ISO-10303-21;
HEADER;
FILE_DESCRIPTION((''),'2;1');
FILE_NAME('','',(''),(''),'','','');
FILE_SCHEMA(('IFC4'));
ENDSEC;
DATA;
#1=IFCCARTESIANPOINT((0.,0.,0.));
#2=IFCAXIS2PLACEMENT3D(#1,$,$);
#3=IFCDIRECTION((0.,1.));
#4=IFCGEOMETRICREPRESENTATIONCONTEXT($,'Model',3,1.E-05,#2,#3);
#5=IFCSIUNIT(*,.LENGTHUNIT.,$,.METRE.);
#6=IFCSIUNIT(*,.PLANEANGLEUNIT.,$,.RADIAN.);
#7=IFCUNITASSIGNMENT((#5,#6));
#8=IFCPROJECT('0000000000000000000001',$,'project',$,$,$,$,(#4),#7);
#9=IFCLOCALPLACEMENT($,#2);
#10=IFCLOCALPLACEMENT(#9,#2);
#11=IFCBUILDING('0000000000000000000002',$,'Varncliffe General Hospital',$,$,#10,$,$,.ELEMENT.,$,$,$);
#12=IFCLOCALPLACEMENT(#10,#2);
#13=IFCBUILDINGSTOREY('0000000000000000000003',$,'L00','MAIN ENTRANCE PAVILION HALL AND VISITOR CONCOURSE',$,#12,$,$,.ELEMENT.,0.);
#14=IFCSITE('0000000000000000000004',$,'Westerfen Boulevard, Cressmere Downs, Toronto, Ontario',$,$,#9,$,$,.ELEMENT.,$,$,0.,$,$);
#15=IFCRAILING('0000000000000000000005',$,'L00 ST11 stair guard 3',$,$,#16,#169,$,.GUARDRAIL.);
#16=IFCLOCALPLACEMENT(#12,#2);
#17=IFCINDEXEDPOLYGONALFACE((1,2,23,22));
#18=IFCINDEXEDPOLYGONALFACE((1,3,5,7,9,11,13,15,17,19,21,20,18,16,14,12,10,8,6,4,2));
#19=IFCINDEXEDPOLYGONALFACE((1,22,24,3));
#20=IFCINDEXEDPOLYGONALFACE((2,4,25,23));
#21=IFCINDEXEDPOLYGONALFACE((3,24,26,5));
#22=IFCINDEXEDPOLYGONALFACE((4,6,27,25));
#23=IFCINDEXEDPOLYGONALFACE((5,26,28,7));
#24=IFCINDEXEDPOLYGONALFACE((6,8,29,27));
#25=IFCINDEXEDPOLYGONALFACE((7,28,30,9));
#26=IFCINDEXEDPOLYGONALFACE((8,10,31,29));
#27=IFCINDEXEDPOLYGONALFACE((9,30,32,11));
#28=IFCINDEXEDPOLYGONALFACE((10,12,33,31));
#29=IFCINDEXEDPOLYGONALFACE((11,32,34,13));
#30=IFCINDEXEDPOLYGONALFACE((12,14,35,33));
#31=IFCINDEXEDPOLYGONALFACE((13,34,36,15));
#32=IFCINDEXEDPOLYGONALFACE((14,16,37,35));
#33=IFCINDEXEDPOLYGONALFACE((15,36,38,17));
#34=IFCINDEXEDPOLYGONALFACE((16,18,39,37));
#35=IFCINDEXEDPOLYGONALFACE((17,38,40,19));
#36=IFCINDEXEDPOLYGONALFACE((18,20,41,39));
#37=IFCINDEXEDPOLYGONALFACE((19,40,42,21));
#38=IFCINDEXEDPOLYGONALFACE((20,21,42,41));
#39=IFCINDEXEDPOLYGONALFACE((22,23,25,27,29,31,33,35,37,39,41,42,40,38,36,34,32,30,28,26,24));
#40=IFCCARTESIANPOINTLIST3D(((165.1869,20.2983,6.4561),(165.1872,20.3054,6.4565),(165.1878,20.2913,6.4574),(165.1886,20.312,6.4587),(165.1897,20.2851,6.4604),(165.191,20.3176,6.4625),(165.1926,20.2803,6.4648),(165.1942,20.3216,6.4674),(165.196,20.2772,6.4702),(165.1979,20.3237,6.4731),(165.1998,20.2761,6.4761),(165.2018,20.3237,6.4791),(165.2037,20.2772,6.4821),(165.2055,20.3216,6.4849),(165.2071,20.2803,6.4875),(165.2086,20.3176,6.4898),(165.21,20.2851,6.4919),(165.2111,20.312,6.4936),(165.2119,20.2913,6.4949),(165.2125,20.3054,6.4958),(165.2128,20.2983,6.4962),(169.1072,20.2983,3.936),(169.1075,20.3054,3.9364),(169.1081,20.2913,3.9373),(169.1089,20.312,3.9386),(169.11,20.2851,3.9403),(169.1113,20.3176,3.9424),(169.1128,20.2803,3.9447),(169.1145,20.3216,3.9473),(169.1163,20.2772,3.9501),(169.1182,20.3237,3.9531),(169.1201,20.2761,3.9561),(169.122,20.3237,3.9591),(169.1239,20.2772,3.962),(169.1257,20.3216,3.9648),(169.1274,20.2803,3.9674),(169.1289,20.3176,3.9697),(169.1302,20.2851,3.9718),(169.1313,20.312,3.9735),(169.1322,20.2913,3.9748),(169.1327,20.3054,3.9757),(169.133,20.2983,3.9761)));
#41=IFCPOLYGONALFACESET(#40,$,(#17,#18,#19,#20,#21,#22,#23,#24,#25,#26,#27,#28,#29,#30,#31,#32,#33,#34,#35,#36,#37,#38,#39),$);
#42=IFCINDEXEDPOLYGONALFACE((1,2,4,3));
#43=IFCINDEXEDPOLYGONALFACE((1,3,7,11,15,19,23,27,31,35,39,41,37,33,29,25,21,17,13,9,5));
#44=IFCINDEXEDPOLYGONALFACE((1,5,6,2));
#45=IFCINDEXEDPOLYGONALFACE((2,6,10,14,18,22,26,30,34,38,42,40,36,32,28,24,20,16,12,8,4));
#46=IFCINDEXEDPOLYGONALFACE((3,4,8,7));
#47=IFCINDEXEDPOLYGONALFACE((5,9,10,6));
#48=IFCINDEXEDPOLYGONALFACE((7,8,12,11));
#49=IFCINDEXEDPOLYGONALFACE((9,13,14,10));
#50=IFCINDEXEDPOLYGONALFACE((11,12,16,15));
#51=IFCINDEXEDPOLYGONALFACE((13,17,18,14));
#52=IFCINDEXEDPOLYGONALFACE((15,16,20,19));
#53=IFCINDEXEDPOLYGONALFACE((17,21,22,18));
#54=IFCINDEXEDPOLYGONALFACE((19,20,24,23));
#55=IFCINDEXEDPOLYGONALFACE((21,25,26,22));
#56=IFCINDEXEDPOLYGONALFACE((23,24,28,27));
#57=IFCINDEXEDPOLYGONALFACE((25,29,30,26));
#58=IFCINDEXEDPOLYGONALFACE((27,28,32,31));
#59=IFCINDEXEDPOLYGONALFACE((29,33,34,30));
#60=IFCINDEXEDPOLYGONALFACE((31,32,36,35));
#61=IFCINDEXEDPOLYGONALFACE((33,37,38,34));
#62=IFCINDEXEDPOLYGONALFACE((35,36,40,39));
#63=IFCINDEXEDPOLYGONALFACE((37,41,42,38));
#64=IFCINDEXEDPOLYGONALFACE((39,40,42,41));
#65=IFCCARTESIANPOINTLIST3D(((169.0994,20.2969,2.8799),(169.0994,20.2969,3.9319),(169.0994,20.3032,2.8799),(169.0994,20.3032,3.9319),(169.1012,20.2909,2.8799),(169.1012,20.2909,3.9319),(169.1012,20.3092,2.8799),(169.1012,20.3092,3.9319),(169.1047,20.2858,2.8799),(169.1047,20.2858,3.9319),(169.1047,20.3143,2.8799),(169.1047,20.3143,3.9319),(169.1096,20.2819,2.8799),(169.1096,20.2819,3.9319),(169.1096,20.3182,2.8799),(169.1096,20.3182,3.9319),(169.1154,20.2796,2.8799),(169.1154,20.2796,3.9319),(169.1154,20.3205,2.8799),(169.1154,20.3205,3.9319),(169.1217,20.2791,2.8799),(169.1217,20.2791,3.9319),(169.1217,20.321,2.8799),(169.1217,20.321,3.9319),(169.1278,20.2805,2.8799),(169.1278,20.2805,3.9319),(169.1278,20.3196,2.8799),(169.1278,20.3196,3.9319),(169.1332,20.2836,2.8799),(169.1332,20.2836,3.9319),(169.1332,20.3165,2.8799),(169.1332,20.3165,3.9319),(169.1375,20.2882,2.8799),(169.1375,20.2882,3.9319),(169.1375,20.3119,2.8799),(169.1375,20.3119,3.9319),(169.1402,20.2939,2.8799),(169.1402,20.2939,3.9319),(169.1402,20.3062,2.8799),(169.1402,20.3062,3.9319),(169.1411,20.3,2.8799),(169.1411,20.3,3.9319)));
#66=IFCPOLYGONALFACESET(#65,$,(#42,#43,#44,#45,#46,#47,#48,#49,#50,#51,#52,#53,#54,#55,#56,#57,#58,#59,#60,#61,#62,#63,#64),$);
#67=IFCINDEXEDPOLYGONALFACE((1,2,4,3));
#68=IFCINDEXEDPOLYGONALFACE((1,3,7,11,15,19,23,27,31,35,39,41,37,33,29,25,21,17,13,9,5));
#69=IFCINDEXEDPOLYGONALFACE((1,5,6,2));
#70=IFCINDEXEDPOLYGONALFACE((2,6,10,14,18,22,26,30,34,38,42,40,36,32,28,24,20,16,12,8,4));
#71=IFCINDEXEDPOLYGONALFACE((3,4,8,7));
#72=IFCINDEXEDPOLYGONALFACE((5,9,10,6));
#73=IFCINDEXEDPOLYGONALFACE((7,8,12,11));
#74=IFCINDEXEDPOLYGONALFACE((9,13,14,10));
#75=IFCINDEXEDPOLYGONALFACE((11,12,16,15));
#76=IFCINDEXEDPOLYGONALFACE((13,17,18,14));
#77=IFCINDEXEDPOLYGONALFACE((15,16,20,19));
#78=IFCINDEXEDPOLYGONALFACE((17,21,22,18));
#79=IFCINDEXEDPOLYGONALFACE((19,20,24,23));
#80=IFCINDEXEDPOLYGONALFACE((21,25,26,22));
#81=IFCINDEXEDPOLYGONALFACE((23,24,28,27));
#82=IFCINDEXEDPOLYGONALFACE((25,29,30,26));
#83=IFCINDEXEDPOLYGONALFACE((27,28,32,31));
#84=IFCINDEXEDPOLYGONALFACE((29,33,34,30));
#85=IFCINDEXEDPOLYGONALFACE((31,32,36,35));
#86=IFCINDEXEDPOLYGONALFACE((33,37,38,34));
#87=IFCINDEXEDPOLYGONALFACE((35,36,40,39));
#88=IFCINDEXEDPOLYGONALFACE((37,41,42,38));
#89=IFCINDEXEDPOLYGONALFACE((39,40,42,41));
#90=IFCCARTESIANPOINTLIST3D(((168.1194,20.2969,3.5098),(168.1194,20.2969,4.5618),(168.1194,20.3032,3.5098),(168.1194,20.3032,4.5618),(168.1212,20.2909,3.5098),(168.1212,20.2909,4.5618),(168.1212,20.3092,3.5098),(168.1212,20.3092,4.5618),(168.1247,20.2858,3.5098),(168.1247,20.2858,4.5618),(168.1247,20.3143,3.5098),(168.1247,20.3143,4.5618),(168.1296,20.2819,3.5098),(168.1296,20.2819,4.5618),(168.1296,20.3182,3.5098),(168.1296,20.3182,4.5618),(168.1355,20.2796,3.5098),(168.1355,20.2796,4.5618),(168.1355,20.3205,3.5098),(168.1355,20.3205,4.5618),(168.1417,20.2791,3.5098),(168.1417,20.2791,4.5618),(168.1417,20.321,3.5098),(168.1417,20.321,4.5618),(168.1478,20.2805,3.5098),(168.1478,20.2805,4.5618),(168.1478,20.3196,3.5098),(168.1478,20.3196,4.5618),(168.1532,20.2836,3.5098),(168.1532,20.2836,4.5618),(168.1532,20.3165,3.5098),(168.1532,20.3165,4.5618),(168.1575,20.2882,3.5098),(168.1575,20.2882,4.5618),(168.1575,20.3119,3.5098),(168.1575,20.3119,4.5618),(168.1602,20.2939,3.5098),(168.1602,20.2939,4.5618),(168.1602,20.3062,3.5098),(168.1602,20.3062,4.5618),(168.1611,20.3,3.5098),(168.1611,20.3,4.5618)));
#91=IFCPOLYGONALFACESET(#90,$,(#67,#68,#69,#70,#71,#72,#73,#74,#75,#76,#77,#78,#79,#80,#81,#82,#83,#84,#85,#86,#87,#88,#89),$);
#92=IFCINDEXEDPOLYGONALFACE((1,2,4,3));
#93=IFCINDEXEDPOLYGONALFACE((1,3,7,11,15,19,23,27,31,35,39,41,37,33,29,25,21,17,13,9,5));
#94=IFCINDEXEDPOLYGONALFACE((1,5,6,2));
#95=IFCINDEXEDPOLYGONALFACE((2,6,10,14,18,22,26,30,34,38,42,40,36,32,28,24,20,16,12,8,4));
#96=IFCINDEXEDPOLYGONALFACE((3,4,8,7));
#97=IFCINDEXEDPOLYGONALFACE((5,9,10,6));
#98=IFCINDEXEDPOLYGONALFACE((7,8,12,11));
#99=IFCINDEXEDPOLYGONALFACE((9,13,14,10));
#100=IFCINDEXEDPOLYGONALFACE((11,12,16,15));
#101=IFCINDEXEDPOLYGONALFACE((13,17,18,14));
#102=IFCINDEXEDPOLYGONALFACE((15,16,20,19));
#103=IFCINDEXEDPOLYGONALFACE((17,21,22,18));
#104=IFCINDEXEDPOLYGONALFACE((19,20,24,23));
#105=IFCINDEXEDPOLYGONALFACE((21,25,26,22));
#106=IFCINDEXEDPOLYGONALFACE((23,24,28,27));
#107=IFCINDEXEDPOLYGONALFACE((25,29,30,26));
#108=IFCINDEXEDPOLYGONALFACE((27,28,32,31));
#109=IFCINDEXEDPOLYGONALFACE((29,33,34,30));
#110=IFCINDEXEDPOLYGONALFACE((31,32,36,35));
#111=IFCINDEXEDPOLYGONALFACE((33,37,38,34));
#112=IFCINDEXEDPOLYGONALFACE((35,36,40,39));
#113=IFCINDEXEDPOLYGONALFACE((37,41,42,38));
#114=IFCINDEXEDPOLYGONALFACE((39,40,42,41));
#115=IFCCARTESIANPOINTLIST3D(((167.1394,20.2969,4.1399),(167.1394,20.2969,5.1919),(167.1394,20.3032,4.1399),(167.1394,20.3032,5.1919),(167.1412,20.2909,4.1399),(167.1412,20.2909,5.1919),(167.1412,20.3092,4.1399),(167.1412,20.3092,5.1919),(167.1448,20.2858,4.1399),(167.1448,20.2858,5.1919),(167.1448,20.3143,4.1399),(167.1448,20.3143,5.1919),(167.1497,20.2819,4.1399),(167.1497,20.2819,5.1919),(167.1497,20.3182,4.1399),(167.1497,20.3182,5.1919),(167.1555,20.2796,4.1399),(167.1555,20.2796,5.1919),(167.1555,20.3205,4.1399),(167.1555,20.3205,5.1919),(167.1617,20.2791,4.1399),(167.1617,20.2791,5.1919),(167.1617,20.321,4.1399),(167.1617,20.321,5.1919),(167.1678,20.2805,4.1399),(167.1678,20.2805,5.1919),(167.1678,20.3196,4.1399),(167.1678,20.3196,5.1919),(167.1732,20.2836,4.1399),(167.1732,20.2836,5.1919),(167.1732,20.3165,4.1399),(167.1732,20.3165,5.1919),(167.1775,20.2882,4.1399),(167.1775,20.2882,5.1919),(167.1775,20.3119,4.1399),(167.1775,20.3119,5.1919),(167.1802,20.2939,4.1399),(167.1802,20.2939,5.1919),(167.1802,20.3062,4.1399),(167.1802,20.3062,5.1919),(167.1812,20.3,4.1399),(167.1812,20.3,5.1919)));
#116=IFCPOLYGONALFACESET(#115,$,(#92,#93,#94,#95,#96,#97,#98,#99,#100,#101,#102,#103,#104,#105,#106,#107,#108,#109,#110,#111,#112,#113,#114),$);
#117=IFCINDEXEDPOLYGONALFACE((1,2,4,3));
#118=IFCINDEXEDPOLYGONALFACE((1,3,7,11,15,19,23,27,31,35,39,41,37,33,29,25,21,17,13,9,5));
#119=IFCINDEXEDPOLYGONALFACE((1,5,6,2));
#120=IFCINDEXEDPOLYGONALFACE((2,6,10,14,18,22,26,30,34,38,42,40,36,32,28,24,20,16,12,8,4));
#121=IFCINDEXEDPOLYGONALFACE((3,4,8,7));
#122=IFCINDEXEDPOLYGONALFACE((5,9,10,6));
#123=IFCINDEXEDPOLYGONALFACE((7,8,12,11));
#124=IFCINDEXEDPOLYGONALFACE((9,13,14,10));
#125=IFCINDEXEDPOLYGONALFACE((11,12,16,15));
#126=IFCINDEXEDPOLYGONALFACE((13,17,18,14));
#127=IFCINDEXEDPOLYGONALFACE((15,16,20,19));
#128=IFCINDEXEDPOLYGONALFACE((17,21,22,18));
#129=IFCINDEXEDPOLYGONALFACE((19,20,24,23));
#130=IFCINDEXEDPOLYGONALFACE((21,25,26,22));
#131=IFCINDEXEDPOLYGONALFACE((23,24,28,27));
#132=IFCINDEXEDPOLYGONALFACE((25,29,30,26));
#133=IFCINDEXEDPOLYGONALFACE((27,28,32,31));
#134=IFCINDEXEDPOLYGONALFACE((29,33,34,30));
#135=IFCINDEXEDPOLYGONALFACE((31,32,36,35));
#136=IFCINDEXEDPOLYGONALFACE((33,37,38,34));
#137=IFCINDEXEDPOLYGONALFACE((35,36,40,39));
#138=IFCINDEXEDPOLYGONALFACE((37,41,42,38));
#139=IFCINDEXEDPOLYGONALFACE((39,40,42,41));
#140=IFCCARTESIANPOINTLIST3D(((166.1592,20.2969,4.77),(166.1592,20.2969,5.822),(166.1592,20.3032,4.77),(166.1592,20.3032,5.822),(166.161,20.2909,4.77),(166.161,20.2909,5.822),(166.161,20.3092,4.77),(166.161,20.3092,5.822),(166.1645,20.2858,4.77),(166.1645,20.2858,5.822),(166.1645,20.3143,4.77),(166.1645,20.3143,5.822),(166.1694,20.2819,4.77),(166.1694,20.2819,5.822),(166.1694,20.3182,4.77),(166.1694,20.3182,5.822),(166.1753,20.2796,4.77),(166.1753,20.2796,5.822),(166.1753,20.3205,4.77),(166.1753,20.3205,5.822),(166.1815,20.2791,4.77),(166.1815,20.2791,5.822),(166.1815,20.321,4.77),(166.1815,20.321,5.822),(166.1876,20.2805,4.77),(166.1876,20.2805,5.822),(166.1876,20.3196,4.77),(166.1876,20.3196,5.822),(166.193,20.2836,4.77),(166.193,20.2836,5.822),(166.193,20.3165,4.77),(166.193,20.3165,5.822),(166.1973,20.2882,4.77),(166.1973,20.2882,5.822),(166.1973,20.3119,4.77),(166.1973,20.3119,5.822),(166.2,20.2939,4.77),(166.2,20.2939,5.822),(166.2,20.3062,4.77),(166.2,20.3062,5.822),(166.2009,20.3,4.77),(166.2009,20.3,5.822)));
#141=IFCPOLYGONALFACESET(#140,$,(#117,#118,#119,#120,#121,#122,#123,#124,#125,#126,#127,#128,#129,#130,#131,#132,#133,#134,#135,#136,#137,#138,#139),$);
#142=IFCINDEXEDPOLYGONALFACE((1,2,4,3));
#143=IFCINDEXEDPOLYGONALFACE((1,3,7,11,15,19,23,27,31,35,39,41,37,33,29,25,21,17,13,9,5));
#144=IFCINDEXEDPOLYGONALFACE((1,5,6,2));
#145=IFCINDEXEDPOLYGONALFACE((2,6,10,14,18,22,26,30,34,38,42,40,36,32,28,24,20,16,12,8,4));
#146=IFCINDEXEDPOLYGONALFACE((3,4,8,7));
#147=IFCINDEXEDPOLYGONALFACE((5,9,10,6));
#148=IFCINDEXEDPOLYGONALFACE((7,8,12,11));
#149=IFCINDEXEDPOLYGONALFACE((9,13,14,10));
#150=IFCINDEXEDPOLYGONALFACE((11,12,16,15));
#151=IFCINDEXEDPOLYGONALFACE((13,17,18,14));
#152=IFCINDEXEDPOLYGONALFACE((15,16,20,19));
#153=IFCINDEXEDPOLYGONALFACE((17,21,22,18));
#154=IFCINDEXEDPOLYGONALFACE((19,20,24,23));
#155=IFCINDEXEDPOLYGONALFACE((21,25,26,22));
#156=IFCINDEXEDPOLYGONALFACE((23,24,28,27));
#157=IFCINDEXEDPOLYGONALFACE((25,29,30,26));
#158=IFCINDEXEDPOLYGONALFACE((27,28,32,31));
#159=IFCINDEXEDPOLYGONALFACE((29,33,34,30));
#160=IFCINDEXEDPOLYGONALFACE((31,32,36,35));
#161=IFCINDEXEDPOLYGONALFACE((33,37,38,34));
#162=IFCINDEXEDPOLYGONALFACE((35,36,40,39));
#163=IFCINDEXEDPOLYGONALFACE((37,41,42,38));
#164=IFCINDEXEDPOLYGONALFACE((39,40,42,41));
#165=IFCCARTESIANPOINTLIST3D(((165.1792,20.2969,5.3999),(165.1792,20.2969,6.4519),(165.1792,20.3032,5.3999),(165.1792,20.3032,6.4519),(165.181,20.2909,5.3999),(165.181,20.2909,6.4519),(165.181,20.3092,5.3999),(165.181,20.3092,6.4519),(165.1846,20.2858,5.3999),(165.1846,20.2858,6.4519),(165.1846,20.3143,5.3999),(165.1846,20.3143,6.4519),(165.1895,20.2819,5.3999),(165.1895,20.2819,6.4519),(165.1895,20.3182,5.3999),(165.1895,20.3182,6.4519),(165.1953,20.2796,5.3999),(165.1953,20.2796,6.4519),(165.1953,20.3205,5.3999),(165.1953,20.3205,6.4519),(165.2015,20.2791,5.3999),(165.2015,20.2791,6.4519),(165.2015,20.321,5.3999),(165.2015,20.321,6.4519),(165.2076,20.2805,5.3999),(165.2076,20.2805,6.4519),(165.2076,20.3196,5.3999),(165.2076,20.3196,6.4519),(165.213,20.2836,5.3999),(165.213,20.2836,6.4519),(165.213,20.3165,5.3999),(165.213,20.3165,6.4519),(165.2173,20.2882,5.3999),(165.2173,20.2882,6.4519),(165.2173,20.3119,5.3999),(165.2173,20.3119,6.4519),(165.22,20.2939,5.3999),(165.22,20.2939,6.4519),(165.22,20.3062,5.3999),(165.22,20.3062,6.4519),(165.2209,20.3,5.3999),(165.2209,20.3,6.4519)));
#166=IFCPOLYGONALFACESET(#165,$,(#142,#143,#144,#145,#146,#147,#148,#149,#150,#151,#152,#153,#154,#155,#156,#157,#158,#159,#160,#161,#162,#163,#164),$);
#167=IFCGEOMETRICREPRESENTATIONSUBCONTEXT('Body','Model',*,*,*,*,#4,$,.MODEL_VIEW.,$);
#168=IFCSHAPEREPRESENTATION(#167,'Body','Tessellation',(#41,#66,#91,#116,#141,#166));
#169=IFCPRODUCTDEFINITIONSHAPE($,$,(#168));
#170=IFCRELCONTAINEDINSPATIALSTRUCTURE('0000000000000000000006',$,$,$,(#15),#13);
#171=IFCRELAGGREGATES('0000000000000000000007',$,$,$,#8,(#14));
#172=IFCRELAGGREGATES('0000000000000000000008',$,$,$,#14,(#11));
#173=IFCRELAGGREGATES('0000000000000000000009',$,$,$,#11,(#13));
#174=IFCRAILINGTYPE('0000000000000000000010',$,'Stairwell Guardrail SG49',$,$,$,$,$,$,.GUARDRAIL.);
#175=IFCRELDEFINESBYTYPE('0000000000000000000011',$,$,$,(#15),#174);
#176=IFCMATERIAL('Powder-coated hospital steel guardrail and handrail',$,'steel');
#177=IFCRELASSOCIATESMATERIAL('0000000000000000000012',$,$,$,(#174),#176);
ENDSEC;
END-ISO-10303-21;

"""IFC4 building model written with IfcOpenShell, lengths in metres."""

from ifc_helpers import new_model, si_unit, direction, frame, origin, origin_2d, place, context, subcontext, project, spatial, circle, extrude, material, type_object, element, save


model = new_model("IFC4")

# Units and contexts
model_context = context("Model", 3, precision=1e-05, world=origin(), true_north=direction((0.0, 1.0)))
body_context = subcontext(model_context, "Body", "Model", "MODEL_VIEW")
ifc_project = project(units=[si_unit("LENGTHUNIT", "METRE"), si_unit("PLANEANGLEUNIT", "RADIAN")], contexts=[model_context])

# Site, building, storey
site_placement = place(None, origin())
site = spatial("IfcSite", under=ifc_project, at=site_placement, Name="Westerfen Boulevard, Cressmere Downs, Toronto, Ontario", CompositionType="ELEMENT", RefElevation=0.0)
building_placement = place(site_placement, origin())
building = spatial("IfcBuilding", under=site, at=building_placement, Name="Varncliffe General Hospital", CompositionType="ELEMENT")
storey_placement = place(building_placement, origin())
storey = spatial("IfcBuildingStorey", under=building, at=storey_placement, Name="L00", Description="MAIN ENTRANCE PAVILION HALL AND VISITOR CONCOURSE", CompositionType="ELEMENT", Elevation=0.0)

# Railing
ifc_material_1 = material(Name="Powder-coated hospital steel guardrail and handrail", Category="steel")
railing_type_1 = type_object("IfcRailingType", Name="Stairwell Guardrail SG49", PredefinedType="GUARDRAIL", material=ifc_material_1)
railing_1_placement = place(storey_placement, frame((169.1201, 20.3, 2.8799)))
element("IfcRailing", 1, at=railing_1_placement, inside=storey, type_object=railing_type_1, Name="L00 ST11 stair guard 3", PredefinedType="GUARDRAIL", context=body_context, shape_type="SweptSolid", body=[
    extrude(circle(Radius=0.0239, at=origin_2d()), frame((0.0, 0.0, 1.0762), z_axis=(-0.841187, 0.0, 0.540744), x_axis=(0.0, -1.0, 0.0)), (0.0, 0.0, 1.0), 4.6604),
    extrude(circle(Radius=0.021, at=origin_2d()), origin(), (0.0, 0.0, 1.0), 1.052),
    extrude(circle(Radius=0.021, at=origin_2d()), frame((-0.98, 0.0, 0.6299)), (0.0, 0.0, 1.0), 1.052),
    extrude(circle(Radius=0.021, at=origin_2d()), frame((-1.96, 0.0, 1.26)), (0.0, 0.0, 1.0), 1.052),
    extrude(circle(Radius=0.021, at=origin_2d()), frame((-2.9402, 0.0, 1.8901)), (0.0, 0.0, 1.0), 1.052),
    extrude(circle(Radius=0.021, at=origin_2d()), frame((-3.9202, 0.0, 2.52)), (0.0, 0.0, 1.0), 1.052),
])

save(model, "model.ifc")
